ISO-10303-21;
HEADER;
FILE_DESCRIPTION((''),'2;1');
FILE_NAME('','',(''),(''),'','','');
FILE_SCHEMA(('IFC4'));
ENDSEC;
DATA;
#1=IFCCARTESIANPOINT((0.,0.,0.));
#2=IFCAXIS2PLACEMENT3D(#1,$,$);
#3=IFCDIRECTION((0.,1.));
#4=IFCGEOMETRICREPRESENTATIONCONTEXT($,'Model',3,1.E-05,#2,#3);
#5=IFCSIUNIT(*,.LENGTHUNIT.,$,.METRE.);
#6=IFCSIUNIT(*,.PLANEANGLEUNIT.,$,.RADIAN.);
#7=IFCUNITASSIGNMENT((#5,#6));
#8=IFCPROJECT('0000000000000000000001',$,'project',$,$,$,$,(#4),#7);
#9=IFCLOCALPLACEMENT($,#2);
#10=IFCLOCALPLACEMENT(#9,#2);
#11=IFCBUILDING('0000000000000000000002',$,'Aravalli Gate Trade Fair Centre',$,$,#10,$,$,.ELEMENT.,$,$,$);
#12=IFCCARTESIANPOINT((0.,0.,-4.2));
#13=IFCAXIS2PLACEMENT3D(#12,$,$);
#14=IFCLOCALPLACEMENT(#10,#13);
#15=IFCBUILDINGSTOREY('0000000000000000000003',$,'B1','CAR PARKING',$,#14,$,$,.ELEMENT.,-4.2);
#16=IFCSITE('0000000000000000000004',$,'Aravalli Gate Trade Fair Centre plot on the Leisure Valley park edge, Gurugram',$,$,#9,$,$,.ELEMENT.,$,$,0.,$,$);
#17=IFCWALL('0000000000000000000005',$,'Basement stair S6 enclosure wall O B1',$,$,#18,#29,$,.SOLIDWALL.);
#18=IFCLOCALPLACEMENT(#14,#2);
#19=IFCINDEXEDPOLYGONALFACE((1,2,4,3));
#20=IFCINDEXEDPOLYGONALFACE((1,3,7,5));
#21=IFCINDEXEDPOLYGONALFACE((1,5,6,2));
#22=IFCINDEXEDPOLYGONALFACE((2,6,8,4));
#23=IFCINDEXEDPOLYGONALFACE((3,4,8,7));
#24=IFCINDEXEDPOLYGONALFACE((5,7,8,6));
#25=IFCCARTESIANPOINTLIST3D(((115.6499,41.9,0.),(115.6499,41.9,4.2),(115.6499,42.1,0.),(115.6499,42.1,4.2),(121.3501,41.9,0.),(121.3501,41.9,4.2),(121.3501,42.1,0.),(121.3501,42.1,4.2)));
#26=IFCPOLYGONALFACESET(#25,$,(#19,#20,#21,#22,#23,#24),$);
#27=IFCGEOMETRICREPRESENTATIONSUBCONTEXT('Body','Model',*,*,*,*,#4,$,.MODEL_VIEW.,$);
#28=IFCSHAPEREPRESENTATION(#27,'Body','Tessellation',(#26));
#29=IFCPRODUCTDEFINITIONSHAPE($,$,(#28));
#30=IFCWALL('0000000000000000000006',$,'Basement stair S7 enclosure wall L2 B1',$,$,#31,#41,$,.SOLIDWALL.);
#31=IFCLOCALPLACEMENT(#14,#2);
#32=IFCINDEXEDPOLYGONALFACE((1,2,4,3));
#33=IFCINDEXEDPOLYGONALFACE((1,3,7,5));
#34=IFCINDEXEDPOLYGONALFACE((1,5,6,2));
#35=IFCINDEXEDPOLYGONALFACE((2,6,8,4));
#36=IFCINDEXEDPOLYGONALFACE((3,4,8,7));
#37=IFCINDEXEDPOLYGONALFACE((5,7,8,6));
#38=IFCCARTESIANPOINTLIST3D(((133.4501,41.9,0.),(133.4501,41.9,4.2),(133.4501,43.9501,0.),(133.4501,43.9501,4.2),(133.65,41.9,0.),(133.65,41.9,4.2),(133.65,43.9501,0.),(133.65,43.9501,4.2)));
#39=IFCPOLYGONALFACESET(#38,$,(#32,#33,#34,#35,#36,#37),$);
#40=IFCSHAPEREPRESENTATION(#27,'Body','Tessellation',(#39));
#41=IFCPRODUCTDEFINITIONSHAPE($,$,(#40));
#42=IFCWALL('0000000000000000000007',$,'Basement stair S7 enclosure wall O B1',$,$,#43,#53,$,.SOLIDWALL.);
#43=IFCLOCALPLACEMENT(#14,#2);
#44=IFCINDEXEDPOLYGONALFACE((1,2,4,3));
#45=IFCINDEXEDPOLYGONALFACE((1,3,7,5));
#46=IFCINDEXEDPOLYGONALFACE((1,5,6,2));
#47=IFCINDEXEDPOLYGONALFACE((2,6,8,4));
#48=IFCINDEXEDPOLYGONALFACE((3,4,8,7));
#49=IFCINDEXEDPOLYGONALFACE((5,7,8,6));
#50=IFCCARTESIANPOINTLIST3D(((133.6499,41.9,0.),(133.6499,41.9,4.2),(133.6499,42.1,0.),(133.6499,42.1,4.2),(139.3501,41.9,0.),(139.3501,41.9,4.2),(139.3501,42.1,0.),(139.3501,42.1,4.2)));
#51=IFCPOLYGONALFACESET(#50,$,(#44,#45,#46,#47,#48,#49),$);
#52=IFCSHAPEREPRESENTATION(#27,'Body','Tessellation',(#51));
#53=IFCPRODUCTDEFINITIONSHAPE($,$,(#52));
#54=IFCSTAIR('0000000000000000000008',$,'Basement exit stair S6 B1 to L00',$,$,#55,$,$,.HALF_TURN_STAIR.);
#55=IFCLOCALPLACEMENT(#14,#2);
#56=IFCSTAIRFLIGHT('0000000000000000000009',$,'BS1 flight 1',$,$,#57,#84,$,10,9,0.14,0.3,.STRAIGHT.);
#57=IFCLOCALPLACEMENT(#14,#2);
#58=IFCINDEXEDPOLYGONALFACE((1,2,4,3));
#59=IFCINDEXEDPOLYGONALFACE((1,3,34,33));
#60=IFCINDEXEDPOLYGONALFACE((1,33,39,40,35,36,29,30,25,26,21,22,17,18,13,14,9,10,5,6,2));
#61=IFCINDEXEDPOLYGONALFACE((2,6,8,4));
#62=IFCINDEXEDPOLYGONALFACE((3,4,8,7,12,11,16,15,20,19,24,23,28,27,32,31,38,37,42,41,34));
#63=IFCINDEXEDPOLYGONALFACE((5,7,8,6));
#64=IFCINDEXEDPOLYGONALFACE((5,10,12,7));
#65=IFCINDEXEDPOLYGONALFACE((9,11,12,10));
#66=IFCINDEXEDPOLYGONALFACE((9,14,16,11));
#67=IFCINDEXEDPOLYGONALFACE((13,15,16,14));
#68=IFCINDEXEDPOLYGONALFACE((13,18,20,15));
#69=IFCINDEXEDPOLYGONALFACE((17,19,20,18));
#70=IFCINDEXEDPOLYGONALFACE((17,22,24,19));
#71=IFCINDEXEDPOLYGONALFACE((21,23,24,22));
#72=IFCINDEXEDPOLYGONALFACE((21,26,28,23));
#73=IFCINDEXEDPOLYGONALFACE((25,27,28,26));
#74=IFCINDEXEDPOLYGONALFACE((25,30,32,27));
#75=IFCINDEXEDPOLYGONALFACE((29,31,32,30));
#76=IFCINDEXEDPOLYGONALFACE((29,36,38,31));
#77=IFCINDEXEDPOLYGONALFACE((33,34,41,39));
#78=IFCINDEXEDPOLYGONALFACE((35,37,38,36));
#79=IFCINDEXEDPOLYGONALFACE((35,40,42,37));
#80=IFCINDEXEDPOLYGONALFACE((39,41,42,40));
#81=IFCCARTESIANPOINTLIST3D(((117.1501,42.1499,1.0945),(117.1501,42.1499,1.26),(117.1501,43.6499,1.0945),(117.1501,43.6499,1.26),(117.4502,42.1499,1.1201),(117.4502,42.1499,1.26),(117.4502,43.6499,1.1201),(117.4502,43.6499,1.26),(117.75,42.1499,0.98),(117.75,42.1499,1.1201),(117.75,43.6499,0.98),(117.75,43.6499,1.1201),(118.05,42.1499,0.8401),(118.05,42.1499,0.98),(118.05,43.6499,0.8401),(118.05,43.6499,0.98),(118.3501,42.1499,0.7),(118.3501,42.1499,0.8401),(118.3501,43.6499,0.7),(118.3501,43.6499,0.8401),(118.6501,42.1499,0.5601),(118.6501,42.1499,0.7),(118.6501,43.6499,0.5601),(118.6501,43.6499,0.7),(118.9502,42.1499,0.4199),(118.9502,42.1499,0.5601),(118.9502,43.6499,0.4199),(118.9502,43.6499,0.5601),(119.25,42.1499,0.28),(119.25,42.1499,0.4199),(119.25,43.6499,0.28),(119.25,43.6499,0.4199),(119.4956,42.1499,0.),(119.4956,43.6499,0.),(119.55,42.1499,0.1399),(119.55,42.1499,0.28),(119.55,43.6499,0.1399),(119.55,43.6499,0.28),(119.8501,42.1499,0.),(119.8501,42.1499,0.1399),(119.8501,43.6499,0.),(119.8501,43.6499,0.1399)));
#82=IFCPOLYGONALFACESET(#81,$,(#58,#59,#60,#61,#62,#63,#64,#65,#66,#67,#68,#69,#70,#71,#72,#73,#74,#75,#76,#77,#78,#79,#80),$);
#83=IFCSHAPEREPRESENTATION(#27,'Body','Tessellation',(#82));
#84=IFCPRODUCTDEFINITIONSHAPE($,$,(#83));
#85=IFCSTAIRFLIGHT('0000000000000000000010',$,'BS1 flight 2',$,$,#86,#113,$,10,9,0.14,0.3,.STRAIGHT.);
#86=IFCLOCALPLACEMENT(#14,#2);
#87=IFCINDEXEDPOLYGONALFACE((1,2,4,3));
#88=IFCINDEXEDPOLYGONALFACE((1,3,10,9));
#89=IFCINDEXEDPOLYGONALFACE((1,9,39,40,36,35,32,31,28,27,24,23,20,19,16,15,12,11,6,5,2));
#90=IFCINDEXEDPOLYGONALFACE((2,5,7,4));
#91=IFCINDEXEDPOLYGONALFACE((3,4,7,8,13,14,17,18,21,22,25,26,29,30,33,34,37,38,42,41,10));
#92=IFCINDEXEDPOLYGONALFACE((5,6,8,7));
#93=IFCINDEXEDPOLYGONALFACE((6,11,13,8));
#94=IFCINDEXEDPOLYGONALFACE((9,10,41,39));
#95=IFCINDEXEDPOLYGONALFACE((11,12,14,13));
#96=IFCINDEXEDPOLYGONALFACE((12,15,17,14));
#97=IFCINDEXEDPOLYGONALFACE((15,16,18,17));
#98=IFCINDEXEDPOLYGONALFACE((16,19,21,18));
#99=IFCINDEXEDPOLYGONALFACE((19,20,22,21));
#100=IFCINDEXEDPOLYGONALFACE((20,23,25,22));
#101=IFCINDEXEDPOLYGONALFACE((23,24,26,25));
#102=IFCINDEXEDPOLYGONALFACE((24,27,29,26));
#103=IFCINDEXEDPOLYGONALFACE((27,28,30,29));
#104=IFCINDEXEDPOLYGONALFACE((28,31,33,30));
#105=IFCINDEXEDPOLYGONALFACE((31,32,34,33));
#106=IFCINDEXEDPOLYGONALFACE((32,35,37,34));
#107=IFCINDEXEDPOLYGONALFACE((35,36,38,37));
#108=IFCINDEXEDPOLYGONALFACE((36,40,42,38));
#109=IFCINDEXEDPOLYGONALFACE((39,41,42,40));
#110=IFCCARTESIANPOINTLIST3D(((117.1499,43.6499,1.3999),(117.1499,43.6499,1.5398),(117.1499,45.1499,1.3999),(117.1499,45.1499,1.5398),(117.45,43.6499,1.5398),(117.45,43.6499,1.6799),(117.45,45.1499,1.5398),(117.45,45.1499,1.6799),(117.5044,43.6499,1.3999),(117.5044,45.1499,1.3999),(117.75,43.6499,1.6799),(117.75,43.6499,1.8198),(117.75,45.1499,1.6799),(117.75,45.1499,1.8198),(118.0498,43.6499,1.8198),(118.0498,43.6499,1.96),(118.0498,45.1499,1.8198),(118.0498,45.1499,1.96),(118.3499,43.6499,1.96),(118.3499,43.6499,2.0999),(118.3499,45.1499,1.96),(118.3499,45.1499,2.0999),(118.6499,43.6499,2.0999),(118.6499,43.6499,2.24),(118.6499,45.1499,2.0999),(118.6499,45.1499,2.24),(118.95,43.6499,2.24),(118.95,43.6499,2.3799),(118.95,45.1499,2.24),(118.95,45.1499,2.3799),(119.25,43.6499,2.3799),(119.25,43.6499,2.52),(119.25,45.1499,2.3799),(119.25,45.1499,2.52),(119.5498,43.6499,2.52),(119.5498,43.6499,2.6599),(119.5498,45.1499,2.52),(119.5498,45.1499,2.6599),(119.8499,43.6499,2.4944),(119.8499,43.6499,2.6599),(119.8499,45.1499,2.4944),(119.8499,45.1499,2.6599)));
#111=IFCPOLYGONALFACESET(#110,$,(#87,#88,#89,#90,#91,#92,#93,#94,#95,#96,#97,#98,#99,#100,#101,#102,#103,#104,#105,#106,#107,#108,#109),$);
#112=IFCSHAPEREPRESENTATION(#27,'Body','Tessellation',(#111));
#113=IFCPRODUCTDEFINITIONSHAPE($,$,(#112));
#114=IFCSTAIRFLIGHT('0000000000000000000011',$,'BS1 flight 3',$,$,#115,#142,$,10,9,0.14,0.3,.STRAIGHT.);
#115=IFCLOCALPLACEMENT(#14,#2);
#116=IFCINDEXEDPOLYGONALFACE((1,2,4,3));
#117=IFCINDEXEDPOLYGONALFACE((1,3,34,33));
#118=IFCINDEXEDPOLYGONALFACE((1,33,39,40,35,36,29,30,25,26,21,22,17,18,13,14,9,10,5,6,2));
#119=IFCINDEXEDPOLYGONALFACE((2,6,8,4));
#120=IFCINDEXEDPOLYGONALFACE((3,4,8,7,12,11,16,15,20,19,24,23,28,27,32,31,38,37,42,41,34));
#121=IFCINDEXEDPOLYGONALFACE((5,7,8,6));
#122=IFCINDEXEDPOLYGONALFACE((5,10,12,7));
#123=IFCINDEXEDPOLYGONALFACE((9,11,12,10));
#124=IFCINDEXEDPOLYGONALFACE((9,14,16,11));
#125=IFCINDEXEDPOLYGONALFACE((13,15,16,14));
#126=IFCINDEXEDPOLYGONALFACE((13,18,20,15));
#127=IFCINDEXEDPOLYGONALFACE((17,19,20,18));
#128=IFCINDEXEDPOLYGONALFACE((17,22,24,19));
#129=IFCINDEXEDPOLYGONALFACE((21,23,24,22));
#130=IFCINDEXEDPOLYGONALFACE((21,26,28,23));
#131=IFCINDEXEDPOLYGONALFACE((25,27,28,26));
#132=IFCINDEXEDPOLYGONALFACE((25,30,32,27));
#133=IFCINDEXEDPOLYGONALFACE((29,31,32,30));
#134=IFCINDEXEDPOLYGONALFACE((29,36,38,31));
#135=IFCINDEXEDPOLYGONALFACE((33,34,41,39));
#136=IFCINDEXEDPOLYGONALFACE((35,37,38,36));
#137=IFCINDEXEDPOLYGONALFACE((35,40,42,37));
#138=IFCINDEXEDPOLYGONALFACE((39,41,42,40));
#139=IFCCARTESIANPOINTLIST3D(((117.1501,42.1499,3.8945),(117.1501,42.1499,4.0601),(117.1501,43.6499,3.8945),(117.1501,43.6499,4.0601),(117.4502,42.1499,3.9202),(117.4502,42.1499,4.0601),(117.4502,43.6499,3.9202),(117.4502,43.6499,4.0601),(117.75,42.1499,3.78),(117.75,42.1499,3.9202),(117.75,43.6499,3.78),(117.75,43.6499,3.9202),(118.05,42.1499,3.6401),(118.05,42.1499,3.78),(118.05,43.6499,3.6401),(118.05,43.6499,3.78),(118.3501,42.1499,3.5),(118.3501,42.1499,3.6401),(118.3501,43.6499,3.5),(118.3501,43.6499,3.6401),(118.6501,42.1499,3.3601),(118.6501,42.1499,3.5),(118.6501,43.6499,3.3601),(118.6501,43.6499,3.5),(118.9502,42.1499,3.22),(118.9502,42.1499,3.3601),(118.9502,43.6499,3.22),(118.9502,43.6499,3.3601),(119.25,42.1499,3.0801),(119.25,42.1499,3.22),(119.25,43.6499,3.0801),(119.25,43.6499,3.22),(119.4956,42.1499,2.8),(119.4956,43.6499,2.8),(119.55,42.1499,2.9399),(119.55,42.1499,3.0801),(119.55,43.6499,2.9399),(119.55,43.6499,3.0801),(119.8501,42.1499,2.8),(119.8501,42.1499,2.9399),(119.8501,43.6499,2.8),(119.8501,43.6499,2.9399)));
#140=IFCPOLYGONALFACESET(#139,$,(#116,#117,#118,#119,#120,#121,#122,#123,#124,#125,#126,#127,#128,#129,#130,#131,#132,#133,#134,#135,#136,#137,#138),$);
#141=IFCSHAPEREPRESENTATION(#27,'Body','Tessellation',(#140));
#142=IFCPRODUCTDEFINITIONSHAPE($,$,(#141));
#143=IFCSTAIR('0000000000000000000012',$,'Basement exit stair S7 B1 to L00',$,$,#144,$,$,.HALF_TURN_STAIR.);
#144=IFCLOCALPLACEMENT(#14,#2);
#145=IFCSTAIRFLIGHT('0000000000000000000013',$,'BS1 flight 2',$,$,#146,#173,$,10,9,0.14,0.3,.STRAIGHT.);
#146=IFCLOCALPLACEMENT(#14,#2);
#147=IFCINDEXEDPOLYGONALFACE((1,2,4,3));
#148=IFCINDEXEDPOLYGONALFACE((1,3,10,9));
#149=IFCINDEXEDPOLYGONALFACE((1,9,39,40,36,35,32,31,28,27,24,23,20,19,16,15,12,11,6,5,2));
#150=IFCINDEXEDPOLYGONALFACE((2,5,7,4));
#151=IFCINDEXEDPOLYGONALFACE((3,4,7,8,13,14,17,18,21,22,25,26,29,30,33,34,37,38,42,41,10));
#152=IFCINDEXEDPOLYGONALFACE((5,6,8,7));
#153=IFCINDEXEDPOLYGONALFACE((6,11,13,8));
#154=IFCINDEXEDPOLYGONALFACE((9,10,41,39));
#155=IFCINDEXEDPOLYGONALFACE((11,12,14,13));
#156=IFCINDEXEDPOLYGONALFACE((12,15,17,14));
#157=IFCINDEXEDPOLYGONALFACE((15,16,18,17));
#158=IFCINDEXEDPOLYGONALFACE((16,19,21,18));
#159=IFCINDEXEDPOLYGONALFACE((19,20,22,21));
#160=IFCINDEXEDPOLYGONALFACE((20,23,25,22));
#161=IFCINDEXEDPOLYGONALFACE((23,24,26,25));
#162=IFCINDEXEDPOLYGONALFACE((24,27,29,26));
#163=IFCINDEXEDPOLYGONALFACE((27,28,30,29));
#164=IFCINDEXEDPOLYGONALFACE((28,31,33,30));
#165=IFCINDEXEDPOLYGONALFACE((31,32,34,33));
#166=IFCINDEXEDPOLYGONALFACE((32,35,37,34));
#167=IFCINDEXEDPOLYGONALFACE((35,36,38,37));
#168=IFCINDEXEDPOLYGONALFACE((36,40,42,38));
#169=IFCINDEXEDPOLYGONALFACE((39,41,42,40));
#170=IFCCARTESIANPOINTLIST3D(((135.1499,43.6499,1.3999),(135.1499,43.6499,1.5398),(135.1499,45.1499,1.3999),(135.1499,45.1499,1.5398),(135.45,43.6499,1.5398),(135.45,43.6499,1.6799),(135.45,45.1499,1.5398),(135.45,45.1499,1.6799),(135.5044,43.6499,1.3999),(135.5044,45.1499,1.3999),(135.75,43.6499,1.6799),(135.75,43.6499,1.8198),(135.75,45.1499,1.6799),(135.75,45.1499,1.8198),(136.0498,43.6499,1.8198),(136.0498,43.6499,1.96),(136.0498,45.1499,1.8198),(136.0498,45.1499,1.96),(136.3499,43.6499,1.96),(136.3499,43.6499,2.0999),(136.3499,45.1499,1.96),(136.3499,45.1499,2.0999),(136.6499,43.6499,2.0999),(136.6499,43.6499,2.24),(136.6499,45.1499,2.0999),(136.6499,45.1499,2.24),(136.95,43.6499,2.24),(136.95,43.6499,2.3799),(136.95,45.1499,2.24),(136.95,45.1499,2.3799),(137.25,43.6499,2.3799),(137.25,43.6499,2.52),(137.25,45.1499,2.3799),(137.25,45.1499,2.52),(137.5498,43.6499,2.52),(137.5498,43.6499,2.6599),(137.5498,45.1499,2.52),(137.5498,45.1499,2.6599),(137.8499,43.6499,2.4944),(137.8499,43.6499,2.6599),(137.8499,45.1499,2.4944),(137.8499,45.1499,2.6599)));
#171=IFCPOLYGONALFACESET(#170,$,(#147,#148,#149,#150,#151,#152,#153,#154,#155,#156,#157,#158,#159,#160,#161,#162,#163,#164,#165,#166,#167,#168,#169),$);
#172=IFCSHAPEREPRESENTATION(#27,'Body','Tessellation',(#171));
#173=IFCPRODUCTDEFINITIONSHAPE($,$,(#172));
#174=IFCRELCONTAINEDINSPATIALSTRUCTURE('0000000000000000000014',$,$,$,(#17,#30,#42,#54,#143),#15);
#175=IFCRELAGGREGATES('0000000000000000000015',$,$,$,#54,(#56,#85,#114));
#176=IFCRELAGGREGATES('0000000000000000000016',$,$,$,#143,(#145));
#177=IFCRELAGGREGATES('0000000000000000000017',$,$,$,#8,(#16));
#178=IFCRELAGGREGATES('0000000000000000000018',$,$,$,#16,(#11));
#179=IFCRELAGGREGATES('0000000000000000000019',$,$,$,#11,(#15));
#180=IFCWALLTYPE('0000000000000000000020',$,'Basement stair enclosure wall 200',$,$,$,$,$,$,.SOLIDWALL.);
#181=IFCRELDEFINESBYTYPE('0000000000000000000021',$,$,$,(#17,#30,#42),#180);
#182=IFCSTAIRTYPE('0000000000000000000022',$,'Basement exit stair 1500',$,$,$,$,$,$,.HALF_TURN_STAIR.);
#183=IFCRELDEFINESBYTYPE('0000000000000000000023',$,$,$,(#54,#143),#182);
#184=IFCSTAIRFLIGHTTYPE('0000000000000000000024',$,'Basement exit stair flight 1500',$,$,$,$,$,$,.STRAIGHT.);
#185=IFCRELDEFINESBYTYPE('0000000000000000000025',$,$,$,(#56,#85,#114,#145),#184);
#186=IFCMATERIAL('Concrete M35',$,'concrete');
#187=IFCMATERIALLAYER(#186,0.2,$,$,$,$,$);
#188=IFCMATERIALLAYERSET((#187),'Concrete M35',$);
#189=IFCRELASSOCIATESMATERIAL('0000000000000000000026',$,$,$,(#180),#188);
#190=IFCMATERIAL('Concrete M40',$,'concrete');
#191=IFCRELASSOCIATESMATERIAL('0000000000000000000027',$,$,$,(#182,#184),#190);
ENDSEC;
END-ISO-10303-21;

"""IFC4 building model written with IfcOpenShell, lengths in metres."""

from ifc_helpers import new_model, si_unit, direction, frame, frame_2d, origin, place, context, subcontext, project, spatial, polyline, rectangle, outline, extrude, material, layer, layer_set, type_object, element, aggregate, save


model = new_model("IFC4")

# Units and contexts
model_context = context("Model", 3, precision=1e-05, world=origin(), true_north=direction((0.0, 1.0)))
body_context = subcontext(model_context, "Body", "Model", "MODEL_VIEW")
ifc_project = project(units=[si_unit("LENGTHUNIT", "METRE"), si_unit("PLANEANGLEUNIT", "RADIAN")], contexts=[model_context])

# Site, building, storey
site_placement = place(None, origin())
site = spatial("IfcSite", under=ifc_project, at=site_placement, Name="Aravalli Gate Trade Fair Centre plot on the Leisure Valley park edge, Gurugram", CompositionType="ELEMENT", RefElevation=0.0)
building_placement = place(site_placement, origin())
building = spatial("IfcBuilding", under=site, at=building_placement, Name="Aravalli Gate Trade Fair Centre", CompositionType="ELEMENT")
storey_placement = place(building_placement, frame((0.0, 0.0, -4.2)))
storey = spatial("IfcBuildingStorey", under=building, at=storey_placement, Name="B1", Description="CAR PARKING", CompositionType="ELEMENT", Elevation=-4.2)

# Shared definitions
ifc_material_1 = material(Name="Concrete M35", Category="concrete")

# Walls
ifc_layer = layer(ifc_material_1, 0.2)
ifc_layer_set = layer_set([ifc_layer], Name="Concrete M35")
wall_type = type_object("IfcWallType", Name="Basement stair enclosure wall 200", PredefinedType="SOLIDWALL", material=ifc_layer_set)
wall_1_placement = place(storey_placement, frame((115.6499, 42.0, 0.0), z_axis=(0.0, 0.0, 1.0), x_axis=(1.0, 0.0, 0.0)))
element("IfcWall", 1, at=wall_1_placement, inside=storey, type_object=wall_type, Name="Basement stair S6 enclosure wall O B1", PredefinedType="SOLIDWALL", context=body_context, shape_type="SweptSolid", body=[
    extrude(rectangle(XDim=5.7002, YDim=0.2, at=frame_2d((2.8501, 0.0))), origin(), (0.0, 0.0, 1.0), 4.2),
])
wall_2_placement = place(storey_placement, frame((133.55, 43.95, 0.0), z_axis=(0.0, 0.0, 1.0), x_axis=(0.0, -1.0, 0.0)))
element("IfcWall", 2, at=wall_2_placement, inside=storey, type_object=wall_type, Name="Basement stair S7 enclosure wall L2 B1", PredefinedType="SOLIDWALL", context=body_context, shape_type="SweptSolid", body=[
    extrude(rectangle(XDim=2.05, YDim=0.2, at=frame_2d((1.0249, 0.0))), origin(), (0.0, 0.0, 1.0), 4.2),
])
wall_3_placement = place(storey_placement, frame((133.6499, 42.0, 0.0), z_axis=(0.0, 0.0, 1.0), x_axis=(1.0, 0.0, 0.0)))
element("IfcWall", 3, at=wall_3_placement, inside=storey, type_object=wall_type, Name="Basement stair S7 enclosure wall O B1", PredefinedType="SOLIDWALL", context=body_context, shape_type="SweptSolid", body=[
    extrude(rectangle(XDim=5.7002, YDim=0.2, at=frame_2d((2.8501, 0.0))), origin(), (0.0, 0.0, 1.0), 4.2),
])

# Stair, stair flights
ifc_material_2 = material(Name="Concrete M40", Category="concrete")
stair_type = type_object("IfcStairType", Name="Basement exit stair 1500", PredefinedType="HALF_TURN_STAIR", material=ifc_material_2)
stair_1_placement = place(storey_placement, origin())
stair_1 = element("IfcStair", 4, at=stair_1_placement, inside=storey, type_object=stair_type, Name="Basement exit stair S6 B1 to L00", PredefinedType="HALF_TURN_STAIR")
stair_flight_type = type_object("IfcStairFlightType", Name="Basement exit stair flight 1500", PredefinedType="STRAIGHT", material=ifc_material_2)
stair_flight_1_placement = place(storey_placement, frame((119.8501, 42.8999, 0.0), z_axis=(0.0, 0.0, 1.0), x_axis=(-1.0, 0.0, 0.0)))
stair_flight_1 = element("IfcStairFlight", 5, at=stair_flight_1_placement, type_object=stair_flight_type, Name="BS1 flight 1", NumberOfRisers=10, NumberOfTreads=9, PredefinedType="STRAIGHT", RiserHeight=0.14, TreadLength=0.3, context=body_context, shape_type="SweptSolid", body=[
    extrude(outline(polyline([(0.0, 0.0), (0.0, 0.1399), (0.3, 0.1399), (0.3, 0.28), (0.6001, 0.28), (0.6001, 0.4199), (0.8999, 0.4199), (0.8999, 0.5601), (1.2, 0.5601), (1.2, 0.7), (1.5, 0.7), (1.5, 0.8401), (1.8, 0.8401), (1.8, 0.98), (2.1001, 0.98), (2.1001, 1.1201), (2.3999, 1.1201), (2.3999, 1.26), (2.7, 1.26), (2.7, 1.3999), (2.7, 1.0945), (0.3545, 0.0), (0.0, 0.0)])), frame((0.0, 0.75, 0.0), z_axis=(0.0, -1.0, 0.0), x_axis=(1.0, 0.0, 0.0)), (0.0, 0.0, 1.0), 1.5),
])
stair_flight_2_placement = place(storey_placement, frame((117.1499, 44.3999, 1.3999), z_axis=(0.0, 0.0, 1.0), x_axis=(1.0, 0.0, 0.0)))
stair_flight_2 = element("IfcStairFlight", 6, at=stair_flight_2_placement, type_object=stair_flight_type, Name="BS1 flight 2", NumberOfRisers=10, NumberOfTreads=9, PredefinedType="STRAIGHT", RiserHeight=0.14, TreadLength=0.3, context=body_context, shape_type="SweptSolid", body=[
    extrude(outline(polyline([(0.0, 0.0), (0.0, 0.1399), (0.3, 0.1399), (0.3, 0.28), (0.6001, 0.28), (0.6001, 0.4199), (0.8999, 0.4199), (0.8999, 0.5601), (1.2, 0.5601), (1.2, 0.7), (1.5, 0.7), (1.5, 0.8401), (1.8, 0.8401), (1.8, 0.98), (2.1001, 0.98), (2.1001, 1.1201), (2.3999, 1.1201), (2.3999, 1.26), (2.7, 1.26), (2.7, 1.3999), (2.7, 1.0945), (0.3545, 0.0), (0.0, 0.0)])), frame((0.0, 0.75, 0.0), z_axis=(0.0, -1.0, 0.0), x_axis=(1.0, 0.0, 0.0)), (0.0, 0.0, 1.0), 1.5),
])
stair_flight_3_placement = place(storey_placement, frame((119.8501, 42.8999, 2.8), z_axis=(0.0, 0.0, 1.0), x_axis=(-1.0, 0.0, 0.0)))
stair_flight_3 = element("IfcStairFlight", 7, at=stair_flight_3_placement, type_object=stair_flight_type, Name="BS1 flight 3", NumberOfRisers=10, NumberOfTreads=9, PredefinedType="STRAIGHT", RiserHeight=0.14, TreadLength=0.3, context=body_context, shape_type="SweptSolid", body=[
    extrude(outline(polyline([(0.0, 0.0), (0.0, 0.1399), (0.3, 0.1399), (0.3, 0.28), (0.6001, 0.28), (0.6001, 0.4199), (0.8999, 0.4199), (0.8999, 0.5601), (1.2, 0.5601), (1.2, 0.7), (1.5, 0.7), (1.5, 0.8401), (1.8, 0.8401), (1.8, 0.98), (2.1001, 0.98), (2.1001, 1.1201), (2.3999, 1.1201), (2.3999, 1.26), (2.7, 1.26), (2.7, 1.3999), (2.7, 1.0945), (0.3545, 0.0), (0.0, 0.0)])), frame((0.0, 0.75, 0.0), z_axis=(0.0, -1.0, 0.0), x_axis=(1.0, 0.0, 0.0)), (0.0, 0.0, 1.0), 1.5),
])
aggregate(stair_1, [stair_flight_1, stair_flight_2, stair_flight_3])

# Stair, stair flight
stair_2_placement = place(storey_placement, origin())
stair_2 = element("IfcStair", 8, at=stair_2_placement, inside=storey, type_object=stair_type, Name="Basement exit stair S7 B1 to L00", PredefinedType="HALF_TURN_STAIR")
stair_flight_4_placement = place(storey_placement, frame((135.1499, 44.3999, 1.3999), z_axis=(0.0, 0.0, 1.0), x_axis=(1.0, 0.0, 0.0)))
stair_flight_4 = element("IfcStairFlight", 9, at=stair_flight_4_placement, type_object=stair_flight_type, Name="BS1 flight 2", NumberOfRisers=10, NumberOfTreads=9, PredefinedType="STRAIGHT", RiserHeight=0.14, TreadLength=0.3, context=body_context, shape_type="SweptSolid", body=[
    extrude(outline(polyline([(0.0, 0.0), (0.0, 0.1399), (0.3, 0.1399), (0.3, 0.28), (0.6001, 0.28), (0.6001, 0.4199), (0.8999, 0.4199), (0.8999, 0.5601), (1.2, 0.5601), (1.2, 0.7), (1.5, 0.7), (1.5, 0.8401), (1.8, 0.8401), (1.8, 0.98), (2.1001, 0.98), (2.1001, 1.1201), (2.3999, 1.1201), (2.3999, 1.26), (2.7, 1.26), (2.7, 1.3999), (2.7, 1.0945), (0.3545, 0.0), (0.0, 0.0)])), frame((0.0, 0.75, 0.0), z_axis=(0.0, -1.0, 0.0), x_axis=(1.0, 0.0, 0.0)), (0.0, 0.0, 1.0), 1.5),
])
aggregate(stair_2, [stair_flight_4])

save(model, "model.ifc")
